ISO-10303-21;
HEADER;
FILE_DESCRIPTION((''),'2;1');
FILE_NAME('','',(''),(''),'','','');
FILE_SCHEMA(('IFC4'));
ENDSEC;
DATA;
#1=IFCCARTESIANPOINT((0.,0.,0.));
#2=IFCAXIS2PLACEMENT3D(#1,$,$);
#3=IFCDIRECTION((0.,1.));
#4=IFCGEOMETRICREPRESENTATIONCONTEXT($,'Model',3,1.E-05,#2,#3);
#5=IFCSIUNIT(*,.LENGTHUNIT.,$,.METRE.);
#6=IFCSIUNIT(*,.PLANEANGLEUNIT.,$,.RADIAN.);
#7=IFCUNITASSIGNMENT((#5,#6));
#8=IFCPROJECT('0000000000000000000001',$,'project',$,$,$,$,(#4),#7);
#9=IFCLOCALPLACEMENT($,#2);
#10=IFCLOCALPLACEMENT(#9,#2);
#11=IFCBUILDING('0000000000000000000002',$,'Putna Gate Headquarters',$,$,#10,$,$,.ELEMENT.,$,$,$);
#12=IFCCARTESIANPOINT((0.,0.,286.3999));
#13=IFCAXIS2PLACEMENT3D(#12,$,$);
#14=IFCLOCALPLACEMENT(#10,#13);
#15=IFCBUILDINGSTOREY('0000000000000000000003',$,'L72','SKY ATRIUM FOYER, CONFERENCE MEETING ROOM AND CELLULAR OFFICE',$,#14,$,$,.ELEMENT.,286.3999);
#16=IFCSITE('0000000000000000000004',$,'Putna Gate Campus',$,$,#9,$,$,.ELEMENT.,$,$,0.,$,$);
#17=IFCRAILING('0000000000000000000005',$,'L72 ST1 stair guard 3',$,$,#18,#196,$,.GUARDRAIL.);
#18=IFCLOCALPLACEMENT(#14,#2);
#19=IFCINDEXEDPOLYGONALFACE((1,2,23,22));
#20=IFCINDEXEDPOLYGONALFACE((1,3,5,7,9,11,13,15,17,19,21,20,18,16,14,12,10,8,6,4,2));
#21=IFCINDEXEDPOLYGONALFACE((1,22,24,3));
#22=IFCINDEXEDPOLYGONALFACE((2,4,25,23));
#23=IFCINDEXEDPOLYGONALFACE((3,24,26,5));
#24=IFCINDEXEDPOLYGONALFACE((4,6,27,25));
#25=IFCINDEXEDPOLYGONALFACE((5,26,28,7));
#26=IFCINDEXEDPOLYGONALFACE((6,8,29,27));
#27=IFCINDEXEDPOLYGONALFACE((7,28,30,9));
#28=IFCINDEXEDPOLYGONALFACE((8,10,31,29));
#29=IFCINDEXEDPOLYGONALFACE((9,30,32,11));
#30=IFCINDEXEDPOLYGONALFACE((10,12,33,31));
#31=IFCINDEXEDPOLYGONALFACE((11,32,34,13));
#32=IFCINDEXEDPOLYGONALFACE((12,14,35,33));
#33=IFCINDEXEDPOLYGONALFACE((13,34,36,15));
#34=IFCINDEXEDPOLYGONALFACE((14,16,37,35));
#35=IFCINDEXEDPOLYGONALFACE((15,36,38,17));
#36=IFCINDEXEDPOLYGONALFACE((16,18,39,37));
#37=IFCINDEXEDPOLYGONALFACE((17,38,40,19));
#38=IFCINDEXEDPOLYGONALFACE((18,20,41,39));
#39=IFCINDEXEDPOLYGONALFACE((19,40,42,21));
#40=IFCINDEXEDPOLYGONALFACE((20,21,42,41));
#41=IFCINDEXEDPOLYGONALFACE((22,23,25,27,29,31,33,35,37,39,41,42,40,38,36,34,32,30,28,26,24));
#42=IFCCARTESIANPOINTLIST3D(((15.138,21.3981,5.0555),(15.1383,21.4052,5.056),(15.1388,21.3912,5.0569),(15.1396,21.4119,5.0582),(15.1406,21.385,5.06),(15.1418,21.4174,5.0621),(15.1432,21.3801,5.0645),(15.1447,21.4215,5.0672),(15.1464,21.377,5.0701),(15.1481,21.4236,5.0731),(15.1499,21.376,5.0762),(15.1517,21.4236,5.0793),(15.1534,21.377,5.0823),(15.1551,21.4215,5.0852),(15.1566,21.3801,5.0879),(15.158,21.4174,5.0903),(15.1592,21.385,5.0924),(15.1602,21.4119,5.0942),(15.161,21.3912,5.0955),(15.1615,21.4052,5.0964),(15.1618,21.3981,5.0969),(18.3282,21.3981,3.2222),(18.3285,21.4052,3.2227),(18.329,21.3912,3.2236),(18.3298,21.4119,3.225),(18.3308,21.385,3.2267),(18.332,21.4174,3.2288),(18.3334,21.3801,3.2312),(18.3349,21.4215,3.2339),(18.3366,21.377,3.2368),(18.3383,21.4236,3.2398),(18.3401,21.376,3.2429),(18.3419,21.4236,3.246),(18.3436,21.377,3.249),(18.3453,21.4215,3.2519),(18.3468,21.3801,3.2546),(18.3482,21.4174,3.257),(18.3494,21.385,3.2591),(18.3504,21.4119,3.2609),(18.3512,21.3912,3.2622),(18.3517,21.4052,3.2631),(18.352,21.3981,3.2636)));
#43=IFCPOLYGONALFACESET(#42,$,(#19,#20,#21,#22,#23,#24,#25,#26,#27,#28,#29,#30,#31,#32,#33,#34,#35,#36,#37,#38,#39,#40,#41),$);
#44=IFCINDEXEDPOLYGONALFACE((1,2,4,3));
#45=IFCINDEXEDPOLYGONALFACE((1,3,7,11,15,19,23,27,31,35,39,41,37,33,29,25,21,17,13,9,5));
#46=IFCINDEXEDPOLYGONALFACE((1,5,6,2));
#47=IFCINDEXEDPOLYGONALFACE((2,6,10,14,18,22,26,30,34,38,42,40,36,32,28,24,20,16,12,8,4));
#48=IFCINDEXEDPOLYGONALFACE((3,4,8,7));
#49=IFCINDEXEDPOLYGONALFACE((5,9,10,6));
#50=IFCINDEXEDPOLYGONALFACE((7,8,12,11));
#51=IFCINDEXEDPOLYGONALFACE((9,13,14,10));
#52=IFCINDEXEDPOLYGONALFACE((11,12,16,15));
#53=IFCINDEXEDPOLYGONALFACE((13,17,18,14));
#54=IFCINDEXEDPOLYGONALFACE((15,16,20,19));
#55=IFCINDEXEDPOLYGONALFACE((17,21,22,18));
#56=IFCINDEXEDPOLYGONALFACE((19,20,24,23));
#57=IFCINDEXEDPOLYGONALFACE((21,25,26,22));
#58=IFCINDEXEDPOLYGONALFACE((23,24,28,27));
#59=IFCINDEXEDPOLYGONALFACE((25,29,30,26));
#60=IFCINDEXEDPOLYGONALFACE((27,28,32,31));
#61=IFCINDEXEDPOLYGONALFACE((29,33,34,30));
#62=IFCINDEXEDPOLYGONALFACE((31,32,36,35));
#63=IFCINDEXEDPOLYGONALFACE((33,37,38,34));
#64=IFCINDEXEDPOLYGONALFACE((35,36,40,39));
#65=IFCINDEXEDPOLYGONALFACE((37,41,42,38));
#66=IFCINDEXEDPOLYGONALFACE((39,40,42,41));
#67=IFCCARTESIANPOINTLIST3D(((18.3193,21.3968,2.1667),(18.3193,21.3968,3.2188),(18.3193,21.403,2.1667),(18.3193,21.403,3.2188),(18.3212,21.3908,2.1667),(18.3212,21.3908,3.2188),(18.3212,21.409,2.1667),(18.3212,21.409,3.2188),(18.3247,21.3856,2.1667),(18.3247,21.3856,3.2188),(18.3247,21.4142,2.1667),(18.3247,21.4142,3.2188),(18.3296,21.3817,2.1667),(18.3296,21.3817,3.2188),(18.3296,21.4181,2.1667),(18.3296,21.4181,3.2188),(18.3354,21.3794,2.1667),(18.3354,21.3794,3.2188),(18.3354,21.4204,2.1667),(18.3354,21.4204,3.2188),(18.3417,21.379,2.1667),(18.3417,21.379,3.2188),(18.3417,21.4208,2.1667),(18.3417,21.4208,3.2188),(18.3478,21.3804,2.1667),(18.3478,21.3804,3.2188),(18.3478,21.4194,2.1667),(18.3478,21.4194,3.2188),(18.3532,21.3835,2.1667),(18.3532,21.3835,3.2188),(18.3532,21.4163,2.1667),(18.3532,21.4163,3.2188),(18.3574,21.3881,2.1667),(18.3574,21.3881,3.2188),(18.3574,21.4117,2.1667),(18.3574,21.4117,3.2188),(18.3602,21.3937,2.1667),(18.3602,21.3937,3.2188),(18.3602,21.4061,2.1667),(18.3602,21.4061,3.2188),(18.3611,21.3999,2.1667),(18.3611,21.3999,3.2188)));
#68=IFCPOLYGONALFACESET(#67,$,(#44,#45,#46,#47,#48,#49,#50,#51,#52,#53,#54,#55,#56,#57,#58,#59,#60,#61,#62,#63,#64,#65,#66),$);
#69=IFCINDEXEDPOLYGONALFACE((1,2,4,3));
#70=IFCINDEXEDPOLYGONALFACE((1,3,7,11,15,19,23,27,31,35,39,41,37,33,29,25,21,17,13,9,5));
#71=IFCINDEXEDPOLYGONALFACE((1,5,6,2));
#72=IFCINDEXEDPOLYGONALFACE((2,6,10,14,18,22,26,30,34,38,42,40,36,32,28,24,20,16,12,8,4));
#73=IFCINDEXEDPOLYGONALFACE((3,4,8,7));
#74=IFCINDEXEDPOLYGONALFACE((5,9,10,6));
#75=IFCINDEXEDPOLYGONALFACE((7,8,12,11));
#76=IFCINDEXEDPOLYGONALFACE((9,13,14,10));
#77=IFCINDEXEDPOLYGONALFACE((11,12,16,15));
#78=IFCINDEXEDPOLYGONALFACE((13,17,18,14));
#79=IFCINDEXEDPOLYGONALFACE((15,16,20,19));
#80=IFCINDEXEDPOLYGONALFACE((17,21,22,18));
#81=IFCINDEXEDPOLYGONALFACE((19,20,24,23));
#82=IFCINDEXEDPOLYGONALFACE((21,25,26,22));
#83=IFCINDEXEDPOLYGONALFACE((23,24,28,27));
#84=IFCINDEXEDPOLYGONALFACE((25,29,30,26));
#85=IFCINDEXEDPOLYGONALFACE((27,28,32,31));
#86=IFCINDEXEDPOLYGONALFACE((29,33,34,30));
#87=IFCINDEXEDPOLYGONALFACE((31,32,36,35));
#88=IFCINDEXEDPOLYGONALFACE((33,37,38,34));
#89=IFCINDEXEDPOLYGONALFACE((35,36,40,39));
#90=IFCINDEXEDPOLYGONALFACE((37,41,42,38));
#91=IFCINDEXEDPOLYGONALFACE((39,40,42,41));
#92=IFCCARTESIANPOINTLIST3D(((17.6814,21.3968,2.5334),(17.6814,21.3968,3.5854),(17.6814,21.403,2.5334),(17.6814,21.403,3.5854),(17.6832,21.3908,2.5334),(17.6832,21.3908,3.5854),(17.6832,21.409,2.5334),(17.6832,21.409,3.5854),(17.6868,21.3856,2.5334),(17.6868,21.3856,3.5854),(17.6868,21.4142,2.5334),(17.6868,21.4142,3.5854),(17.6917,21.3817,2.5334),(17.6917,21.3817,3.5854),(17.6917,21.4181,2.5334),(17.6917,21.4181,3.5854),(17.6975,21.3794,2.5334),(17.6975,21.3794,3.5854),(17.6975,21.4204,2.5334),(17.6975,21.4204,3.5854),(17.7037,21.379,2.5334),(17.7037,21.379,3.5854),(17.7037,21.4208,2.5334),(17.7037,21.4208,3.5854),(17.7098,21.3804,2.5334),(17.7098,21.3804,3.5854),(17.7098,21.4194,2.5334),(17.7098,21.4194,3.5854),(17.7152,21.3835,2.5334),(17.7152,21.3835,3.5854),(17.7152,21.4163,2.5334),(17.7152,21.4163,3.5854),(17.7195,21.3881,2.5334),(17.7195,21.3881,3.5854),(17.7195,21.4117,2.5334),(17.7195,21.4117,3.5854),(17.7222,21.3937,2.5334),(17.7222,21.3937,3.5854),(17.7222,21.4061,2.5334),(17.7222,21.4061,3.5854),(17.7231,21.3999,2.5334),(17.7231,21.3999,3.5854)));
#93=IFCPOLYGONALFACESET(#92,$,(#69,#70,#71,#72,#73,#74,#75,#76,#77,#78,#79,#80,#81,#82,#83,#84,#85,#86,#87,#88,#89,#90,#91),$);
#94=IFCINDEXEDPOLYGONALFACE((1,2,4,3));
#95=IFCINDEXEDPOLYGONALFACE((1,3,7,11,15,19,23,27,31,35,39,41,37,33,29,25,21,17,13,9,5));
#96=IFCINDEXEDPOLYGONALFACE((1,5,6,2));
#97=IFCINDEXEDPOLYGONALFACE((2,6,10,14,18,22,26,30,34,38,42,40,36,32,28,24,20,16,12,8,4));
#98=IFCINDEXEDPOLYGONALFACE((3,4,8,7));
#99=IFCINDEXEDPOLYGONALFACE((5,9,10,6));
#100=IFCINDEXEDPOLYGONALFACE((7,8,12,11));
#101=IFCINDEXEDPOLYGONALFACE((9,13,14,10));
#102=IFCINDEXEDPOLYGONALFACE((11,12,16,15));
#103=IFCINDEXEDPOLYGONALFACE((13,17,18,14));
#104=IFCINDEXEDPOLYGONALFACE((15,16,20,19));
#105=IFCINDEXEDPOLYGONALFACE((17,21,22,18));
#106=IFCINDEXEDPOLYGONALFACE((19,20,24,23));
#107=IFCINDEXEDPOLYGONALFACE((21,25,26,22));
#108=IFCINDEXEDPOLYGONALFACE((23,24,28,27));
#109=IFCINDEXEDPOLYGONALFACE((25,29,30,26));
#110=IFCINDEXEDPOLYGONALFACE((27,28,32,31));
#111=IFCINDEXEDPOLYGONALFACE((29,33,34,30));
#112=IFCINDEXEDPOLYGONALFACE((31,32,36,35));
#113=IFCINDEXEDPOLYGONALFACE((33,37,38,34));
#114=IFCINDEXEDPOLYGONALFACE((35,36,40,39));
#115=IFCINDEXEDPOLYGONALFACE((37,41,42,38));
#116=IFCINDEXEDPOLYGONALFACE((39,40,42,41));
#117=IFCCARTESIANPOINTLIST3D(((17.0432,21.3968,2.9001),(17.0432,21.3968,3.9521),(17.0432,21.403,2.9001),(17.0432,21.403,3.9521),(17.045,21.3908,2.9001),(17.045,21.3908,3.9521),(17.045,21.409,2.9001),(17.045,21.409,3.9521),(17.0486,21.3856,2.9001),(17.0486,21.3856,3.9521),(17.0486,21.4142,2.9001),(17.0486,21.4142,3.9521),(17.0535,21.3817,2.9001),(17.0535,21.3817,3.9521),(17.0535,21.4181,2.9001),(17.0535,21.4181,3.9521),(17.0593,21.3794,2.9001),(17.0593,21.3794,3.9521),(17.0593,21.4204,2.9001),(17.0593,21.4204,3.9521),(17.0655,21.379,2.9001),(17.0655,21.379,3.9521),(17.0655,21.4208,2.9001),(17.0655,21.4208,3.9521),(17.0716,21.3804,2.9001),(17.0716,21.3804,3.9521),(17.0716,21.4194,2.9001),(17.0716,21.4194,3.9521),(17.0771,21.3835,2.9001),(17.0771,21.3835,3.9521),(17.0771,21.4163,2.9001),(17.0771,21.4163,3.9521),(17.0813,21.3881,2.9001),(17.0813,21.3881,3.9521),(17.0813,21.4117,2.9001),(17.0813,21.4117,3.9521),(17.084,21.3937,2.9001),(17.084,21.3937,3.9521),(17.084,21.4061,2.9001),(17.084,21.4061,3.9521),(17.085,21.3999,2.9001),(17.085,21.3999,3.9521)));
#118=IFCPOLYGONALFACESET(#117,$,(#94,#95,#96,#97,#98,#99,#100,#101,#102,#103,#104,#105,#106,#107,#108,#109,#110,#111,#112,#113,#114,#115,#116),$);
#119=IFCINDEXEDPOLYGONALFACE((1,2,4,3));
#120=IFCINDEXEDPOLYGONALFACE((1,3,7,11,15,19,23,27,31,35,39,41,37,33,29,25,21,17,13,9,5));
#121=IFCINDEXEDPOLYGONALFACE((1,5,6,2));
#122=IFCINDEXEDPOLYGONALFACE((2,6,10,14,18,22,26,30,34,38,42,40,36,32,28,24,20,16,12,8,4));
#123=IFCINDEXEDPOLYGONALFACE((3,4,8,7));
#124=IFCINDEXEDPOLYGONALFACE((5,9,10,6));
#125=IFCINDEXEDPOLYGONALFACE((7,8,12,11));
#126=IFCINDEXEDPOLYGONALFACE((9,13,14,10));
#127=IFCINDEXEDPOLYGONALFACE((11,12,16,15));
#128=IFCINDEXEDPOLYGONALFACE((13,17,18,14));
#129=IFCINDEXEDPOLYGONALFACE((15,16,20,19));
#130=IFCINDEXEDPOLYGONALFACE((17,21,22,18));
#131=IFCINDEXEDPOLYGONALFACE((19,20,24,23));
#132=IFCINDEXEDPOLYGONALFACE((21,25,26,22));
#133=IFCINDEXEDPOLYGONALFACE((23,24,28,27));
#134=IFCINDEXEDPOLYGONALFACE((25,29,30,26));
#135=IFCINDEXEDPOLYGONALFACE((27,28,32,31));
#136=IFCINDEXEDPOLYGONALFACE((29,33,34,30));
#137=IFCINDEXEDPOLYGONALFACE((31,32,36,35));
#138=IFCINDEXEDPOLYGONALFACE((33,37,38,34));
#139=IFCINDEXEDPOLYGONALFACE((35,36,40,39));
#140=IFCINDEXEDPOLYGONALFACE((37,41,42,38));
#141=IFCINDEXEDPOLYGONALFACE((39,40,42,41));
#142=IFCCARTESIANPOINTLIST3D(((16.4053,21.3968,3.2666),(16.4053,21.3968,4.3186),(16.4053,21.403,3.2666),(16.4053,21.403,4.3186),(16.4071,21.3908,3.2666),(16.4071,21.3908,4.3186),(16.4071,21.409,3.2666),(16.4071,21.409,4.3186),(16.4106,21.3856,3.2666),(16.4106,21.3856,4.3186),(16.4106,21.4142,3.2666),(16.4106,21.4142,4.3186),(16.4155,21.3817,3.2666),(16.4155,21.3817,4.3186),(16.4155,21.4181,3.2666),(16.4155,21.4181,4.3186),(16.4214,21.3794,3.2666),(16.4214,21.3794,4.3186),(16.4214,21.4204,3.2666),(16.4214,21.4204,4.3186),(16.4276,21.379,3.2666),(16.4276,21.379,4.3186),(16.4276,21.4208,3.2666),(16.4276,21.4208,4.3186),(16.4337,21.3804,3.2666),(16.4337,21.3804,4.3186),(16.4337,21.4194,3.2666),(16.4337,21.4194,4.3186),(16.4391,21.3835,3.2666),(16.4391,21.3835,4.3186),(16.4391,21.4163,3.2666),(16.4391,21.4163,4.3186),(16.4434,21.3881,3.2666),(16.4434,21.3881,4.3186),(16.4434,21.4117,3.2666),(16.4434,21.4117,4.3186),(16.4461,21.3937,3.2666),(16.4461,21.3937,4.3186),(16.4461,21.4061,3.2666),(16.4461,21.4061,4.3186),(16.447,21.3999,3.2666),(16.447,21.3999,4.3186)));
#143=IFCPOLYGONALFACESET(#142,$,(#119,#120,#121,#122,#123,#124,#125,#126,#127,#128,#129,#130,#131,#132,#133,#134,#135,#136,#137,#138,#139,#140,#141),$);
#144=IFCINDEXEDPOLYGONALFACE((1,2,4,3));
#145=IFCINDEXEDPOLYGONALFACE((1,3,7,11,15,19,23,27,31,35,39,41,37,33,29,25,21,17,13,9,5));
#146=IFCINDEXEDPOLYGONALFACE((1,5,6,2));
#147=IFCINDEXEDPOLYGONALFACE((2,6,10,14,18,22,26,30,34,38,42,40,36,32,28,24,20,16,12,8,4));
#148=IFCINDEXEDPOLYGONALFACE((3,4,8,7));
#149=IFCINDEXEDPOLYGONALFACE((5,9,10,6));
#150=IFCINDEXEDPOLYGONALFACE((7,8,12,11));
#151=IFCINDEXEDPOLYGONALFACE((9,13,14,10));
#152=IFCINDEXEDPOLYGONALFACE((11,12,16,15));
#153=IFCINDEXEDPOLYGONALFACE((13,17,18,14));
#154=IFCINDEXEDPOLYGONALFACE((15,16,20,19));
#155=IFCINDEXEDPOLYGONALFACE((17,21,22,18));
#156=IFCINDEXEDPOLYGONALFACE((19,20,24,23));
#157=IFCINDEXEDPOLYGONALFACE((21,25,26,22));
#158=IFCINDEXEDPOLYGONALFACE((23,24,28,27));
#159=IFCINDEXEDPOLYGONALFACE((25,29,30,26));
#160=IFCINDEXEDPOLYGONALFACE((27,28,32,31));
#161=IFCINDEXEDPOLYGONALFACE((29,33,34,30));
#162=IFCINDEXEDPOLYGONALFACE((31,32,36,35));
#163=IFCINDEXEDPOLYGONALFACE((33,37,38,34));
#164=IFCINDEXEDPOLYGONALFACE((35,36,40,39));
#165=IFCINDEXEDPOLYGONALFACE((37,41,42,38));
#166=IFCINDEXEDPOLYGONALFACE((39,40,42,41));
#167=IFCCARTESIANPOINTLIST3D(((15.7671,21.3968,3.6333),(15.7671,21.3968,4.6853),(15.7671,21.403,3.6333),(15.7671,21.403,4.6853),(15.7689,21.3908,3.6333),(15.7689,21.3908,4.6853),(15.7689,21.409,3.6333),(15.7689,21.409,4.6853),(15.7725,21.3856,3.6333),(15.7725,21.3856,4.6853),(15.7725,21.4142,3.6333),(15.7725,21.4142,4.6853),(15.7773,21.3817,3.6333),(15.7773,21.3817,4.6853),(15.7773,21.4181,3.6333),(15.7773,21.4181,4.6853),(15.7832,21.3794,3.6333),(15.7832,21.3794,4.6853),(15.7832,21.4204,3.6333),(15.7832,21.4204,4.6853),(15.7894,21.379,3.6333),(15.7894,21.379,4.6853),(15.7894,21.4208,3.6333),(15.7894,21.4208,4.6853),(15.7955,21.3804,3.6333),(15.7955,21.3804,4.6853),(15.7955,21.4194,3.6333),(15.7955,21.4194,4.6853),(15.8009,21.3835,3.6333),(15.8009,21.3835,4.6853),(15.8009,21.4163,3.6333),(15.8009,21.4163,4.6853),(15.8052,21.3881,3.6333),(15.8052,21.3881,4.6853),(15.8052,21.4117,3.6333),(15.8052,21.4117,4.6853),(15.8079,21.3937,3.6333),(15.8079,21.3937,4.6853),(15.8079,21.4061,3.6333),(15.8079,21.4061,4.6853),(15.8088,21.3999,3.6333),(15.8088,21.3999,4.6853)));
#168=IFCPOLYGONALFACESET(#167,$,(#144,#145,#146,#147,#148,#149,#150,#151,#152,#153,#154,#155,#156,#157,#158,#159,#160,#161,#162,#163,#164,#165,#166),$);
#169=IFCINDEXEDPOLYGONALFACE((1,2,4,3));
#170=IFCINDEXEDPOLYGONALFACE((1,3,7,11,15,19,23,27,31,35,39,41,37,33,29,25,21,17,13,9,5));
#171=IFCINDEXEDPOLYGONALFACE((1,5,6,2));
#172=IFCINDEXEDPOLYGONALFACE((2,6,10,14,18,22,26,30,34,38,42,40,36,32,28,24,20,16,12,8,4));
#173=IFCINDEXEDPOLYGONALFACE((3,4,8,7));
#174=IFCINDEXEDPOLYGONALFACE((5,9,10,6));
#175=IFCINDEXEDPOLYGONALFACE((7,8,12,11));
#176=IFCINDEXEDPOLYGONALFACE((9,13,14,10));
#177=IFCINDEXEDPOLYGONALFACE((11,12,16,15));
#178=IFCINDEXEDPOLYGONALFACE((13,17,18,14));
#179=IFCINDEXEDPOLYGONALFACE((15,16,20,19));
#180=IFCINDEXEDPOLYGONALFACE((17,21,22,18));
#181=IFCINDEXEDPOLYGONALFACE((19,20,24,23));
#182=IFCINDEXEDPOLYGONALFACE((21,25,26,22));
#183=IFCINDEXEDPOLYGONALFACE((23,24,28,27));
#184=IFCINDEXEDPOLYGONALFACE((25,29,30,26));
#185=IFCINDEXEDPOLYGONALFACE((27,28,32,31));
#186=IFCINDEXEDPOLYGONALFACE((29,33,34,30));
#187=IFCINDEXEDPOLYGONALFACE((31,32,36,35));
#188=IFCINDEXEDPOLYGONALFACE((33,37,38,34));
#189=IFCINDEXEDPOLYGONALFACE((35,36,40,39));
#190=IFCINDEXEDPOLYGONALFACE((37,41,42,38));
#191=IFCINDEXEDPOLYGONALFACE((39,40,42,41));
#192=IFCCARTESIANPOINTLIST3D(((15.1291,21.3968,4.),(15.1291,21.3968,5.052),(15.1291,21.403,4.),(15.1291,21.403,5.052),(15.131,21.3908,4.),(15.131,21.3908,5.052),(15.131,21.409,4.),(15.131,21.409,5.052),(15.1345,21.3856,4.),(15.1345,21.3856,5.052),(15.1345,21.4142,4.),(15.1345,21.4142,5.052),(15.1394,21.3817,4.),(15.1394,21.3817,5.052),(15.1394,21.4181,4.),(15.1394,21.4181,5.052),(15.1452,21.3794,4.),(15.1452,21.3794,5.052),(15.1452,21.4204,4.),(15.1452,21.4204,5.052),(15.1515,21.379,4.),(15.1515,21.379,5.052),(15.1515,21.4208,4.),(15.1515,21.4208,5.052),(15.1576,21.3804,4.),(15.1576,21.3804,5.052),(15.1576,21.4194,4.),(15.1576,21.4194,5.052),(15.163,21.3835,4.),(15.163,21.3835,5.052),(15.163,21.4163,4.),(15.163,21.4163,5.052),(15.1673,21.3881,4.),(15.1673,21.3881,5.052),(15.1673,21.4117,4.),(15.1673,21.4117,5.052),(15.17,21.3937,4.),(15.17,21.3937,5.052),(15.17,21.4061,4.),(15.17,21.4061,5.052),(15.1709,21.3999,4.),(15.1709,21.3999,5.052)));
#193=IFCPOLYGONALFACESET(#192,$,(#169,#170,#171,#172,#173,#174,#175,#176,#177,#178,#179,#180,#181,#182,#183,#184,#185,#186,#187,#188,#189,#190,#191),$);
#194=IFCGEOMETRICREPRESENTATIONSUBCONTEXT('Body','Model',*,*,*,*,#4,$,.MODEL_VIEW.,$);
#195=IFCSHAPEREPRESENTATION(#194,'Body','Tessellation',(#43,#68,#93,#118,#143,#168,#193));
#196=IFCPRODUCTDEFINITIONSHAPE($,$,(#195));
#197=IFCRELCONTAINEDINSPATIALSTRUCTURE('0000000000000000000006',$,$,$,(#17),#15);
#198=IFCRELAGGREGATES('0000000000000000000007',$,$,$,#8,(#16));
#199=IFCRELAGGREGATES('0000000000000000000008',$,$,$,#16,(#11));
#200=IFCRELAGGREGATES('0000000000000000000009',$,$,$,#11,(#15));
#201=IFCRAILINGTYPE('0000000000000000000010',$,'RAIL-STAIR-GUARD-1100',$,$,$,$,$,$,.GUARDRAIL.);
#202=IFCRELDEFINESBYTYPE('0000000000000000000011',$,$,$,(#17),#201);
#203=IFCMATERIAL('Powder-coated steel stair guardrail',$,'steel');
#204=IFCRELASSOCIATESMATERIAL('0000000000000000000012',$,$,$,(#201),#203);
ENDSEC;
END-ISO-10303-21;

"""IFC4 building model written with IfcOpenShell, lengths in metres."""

from ifc_helpers import new_model, si_unit, direction, frame, origin, origin_2d, place, context, subcontext, project, spatial, circle, extrude, material, type_object, element, save


model = new_model("IFC4")

# Units and contexts
model_context = context("Model", 3, precision=1e-05, world=origin(), true_north=direction((0.0, 1.0)))
body_context = subcontext(model_context, "Body", "Model", "MODEL_VIEW")
ifc_project = project(units=[si_unit("LENGTHUNIT", "METRE"), si_unit("PLANEANGLEUNIT", "RADIAN")], contexts=[model_context])

# Site, building, storey
site_placement = place(None, origin())
site = spatial("IfcSite", under=ifc_project, at=site_placement, Name="Putna Gate Campus", CompositionType="ELEMENT", RefElevation=0.0)
building_placement = place(site_placement, origin())
building = spatial("IfcBuilding", under=site, at=building_placement, Name="Putna Gate Headquarters", CompositionType="ELEMENT")
storey_placement = place(building_placement, frame((0.0, 0.0, 286.3999)))
storey = spatial("IfcBuildingStorey", under=building, at=storey_placement, Name="L72", Description="SKY ATRIUM FOYER, CONFERENCE MEETING ROOM AND CELLULAR OFFICE", CompositionType="ELEMENT", Elevation=286.3999)

# Railing
ifc_material_1 = material(Name="Powder-coated steel stair guardrail", Category="steel")
railing_type_1 = type_object("IfcRailingType", Name="RAIL-STAIR-GUARD-1100", PredefinedType="GUARDRAIL", material=ifc_material_1)
railing_1_placement = place(storey_placement, frame((18.3401, 21.3999, 2.1667)))
element("IfcRailing", 1, at=railing_1_placement, inside=storey, type_object=railing_type_1, Name="L72 ST1 stair guard 3", PredefinedType="GUARDRAIL", context=body_context, shape_type="SweptSolid", body=[
    extrude(circle(Radius=0.0239, at=origin_2d()), frame((0.0, 0.0, 1.0762), z_axis=(-0.867036, 0.0, 0.498245), x_axis=(0.0, -1.0, 0.0)), (0.0, 0.0, 1.0), 3.6794),
    extrude(circle(Radius=0.021, at=origin_2d()), origin(), (0.0, 0.0, 1.0), 1.052),
    extrude(circle(Radius=0.021, at=origin_2d()), frame((-0.6379, 0.0, 0.3667)), (0.0, 0.0, 1.0), 1.052),
    extrude(circle(Radius=0.021, at=origin_2d()), frame((-1.2761, 0.0, 0.7334)), (0.0, 0.0, 1.0), 1.052),
    extrude(circle(Radius=0.021, at=origin_2d()), frame((-1.9141, 0.0, 1.0999)), (0.0, 0.0, 1.0), 1.052),
    extrude(circle(Radius=0.021, at=origin_2d()), frame((-2.5522, 0.0, 1.4666)), (0.0, 0.0, 1.0), 1.052),
    extrude(circle(Radius=0.021, at=origin_2d()), frame((-3.1902, 0.0, 1.8333)), (0.0, 0.0, 1.0), 1.052),
])

save(model, "model.ifc")
